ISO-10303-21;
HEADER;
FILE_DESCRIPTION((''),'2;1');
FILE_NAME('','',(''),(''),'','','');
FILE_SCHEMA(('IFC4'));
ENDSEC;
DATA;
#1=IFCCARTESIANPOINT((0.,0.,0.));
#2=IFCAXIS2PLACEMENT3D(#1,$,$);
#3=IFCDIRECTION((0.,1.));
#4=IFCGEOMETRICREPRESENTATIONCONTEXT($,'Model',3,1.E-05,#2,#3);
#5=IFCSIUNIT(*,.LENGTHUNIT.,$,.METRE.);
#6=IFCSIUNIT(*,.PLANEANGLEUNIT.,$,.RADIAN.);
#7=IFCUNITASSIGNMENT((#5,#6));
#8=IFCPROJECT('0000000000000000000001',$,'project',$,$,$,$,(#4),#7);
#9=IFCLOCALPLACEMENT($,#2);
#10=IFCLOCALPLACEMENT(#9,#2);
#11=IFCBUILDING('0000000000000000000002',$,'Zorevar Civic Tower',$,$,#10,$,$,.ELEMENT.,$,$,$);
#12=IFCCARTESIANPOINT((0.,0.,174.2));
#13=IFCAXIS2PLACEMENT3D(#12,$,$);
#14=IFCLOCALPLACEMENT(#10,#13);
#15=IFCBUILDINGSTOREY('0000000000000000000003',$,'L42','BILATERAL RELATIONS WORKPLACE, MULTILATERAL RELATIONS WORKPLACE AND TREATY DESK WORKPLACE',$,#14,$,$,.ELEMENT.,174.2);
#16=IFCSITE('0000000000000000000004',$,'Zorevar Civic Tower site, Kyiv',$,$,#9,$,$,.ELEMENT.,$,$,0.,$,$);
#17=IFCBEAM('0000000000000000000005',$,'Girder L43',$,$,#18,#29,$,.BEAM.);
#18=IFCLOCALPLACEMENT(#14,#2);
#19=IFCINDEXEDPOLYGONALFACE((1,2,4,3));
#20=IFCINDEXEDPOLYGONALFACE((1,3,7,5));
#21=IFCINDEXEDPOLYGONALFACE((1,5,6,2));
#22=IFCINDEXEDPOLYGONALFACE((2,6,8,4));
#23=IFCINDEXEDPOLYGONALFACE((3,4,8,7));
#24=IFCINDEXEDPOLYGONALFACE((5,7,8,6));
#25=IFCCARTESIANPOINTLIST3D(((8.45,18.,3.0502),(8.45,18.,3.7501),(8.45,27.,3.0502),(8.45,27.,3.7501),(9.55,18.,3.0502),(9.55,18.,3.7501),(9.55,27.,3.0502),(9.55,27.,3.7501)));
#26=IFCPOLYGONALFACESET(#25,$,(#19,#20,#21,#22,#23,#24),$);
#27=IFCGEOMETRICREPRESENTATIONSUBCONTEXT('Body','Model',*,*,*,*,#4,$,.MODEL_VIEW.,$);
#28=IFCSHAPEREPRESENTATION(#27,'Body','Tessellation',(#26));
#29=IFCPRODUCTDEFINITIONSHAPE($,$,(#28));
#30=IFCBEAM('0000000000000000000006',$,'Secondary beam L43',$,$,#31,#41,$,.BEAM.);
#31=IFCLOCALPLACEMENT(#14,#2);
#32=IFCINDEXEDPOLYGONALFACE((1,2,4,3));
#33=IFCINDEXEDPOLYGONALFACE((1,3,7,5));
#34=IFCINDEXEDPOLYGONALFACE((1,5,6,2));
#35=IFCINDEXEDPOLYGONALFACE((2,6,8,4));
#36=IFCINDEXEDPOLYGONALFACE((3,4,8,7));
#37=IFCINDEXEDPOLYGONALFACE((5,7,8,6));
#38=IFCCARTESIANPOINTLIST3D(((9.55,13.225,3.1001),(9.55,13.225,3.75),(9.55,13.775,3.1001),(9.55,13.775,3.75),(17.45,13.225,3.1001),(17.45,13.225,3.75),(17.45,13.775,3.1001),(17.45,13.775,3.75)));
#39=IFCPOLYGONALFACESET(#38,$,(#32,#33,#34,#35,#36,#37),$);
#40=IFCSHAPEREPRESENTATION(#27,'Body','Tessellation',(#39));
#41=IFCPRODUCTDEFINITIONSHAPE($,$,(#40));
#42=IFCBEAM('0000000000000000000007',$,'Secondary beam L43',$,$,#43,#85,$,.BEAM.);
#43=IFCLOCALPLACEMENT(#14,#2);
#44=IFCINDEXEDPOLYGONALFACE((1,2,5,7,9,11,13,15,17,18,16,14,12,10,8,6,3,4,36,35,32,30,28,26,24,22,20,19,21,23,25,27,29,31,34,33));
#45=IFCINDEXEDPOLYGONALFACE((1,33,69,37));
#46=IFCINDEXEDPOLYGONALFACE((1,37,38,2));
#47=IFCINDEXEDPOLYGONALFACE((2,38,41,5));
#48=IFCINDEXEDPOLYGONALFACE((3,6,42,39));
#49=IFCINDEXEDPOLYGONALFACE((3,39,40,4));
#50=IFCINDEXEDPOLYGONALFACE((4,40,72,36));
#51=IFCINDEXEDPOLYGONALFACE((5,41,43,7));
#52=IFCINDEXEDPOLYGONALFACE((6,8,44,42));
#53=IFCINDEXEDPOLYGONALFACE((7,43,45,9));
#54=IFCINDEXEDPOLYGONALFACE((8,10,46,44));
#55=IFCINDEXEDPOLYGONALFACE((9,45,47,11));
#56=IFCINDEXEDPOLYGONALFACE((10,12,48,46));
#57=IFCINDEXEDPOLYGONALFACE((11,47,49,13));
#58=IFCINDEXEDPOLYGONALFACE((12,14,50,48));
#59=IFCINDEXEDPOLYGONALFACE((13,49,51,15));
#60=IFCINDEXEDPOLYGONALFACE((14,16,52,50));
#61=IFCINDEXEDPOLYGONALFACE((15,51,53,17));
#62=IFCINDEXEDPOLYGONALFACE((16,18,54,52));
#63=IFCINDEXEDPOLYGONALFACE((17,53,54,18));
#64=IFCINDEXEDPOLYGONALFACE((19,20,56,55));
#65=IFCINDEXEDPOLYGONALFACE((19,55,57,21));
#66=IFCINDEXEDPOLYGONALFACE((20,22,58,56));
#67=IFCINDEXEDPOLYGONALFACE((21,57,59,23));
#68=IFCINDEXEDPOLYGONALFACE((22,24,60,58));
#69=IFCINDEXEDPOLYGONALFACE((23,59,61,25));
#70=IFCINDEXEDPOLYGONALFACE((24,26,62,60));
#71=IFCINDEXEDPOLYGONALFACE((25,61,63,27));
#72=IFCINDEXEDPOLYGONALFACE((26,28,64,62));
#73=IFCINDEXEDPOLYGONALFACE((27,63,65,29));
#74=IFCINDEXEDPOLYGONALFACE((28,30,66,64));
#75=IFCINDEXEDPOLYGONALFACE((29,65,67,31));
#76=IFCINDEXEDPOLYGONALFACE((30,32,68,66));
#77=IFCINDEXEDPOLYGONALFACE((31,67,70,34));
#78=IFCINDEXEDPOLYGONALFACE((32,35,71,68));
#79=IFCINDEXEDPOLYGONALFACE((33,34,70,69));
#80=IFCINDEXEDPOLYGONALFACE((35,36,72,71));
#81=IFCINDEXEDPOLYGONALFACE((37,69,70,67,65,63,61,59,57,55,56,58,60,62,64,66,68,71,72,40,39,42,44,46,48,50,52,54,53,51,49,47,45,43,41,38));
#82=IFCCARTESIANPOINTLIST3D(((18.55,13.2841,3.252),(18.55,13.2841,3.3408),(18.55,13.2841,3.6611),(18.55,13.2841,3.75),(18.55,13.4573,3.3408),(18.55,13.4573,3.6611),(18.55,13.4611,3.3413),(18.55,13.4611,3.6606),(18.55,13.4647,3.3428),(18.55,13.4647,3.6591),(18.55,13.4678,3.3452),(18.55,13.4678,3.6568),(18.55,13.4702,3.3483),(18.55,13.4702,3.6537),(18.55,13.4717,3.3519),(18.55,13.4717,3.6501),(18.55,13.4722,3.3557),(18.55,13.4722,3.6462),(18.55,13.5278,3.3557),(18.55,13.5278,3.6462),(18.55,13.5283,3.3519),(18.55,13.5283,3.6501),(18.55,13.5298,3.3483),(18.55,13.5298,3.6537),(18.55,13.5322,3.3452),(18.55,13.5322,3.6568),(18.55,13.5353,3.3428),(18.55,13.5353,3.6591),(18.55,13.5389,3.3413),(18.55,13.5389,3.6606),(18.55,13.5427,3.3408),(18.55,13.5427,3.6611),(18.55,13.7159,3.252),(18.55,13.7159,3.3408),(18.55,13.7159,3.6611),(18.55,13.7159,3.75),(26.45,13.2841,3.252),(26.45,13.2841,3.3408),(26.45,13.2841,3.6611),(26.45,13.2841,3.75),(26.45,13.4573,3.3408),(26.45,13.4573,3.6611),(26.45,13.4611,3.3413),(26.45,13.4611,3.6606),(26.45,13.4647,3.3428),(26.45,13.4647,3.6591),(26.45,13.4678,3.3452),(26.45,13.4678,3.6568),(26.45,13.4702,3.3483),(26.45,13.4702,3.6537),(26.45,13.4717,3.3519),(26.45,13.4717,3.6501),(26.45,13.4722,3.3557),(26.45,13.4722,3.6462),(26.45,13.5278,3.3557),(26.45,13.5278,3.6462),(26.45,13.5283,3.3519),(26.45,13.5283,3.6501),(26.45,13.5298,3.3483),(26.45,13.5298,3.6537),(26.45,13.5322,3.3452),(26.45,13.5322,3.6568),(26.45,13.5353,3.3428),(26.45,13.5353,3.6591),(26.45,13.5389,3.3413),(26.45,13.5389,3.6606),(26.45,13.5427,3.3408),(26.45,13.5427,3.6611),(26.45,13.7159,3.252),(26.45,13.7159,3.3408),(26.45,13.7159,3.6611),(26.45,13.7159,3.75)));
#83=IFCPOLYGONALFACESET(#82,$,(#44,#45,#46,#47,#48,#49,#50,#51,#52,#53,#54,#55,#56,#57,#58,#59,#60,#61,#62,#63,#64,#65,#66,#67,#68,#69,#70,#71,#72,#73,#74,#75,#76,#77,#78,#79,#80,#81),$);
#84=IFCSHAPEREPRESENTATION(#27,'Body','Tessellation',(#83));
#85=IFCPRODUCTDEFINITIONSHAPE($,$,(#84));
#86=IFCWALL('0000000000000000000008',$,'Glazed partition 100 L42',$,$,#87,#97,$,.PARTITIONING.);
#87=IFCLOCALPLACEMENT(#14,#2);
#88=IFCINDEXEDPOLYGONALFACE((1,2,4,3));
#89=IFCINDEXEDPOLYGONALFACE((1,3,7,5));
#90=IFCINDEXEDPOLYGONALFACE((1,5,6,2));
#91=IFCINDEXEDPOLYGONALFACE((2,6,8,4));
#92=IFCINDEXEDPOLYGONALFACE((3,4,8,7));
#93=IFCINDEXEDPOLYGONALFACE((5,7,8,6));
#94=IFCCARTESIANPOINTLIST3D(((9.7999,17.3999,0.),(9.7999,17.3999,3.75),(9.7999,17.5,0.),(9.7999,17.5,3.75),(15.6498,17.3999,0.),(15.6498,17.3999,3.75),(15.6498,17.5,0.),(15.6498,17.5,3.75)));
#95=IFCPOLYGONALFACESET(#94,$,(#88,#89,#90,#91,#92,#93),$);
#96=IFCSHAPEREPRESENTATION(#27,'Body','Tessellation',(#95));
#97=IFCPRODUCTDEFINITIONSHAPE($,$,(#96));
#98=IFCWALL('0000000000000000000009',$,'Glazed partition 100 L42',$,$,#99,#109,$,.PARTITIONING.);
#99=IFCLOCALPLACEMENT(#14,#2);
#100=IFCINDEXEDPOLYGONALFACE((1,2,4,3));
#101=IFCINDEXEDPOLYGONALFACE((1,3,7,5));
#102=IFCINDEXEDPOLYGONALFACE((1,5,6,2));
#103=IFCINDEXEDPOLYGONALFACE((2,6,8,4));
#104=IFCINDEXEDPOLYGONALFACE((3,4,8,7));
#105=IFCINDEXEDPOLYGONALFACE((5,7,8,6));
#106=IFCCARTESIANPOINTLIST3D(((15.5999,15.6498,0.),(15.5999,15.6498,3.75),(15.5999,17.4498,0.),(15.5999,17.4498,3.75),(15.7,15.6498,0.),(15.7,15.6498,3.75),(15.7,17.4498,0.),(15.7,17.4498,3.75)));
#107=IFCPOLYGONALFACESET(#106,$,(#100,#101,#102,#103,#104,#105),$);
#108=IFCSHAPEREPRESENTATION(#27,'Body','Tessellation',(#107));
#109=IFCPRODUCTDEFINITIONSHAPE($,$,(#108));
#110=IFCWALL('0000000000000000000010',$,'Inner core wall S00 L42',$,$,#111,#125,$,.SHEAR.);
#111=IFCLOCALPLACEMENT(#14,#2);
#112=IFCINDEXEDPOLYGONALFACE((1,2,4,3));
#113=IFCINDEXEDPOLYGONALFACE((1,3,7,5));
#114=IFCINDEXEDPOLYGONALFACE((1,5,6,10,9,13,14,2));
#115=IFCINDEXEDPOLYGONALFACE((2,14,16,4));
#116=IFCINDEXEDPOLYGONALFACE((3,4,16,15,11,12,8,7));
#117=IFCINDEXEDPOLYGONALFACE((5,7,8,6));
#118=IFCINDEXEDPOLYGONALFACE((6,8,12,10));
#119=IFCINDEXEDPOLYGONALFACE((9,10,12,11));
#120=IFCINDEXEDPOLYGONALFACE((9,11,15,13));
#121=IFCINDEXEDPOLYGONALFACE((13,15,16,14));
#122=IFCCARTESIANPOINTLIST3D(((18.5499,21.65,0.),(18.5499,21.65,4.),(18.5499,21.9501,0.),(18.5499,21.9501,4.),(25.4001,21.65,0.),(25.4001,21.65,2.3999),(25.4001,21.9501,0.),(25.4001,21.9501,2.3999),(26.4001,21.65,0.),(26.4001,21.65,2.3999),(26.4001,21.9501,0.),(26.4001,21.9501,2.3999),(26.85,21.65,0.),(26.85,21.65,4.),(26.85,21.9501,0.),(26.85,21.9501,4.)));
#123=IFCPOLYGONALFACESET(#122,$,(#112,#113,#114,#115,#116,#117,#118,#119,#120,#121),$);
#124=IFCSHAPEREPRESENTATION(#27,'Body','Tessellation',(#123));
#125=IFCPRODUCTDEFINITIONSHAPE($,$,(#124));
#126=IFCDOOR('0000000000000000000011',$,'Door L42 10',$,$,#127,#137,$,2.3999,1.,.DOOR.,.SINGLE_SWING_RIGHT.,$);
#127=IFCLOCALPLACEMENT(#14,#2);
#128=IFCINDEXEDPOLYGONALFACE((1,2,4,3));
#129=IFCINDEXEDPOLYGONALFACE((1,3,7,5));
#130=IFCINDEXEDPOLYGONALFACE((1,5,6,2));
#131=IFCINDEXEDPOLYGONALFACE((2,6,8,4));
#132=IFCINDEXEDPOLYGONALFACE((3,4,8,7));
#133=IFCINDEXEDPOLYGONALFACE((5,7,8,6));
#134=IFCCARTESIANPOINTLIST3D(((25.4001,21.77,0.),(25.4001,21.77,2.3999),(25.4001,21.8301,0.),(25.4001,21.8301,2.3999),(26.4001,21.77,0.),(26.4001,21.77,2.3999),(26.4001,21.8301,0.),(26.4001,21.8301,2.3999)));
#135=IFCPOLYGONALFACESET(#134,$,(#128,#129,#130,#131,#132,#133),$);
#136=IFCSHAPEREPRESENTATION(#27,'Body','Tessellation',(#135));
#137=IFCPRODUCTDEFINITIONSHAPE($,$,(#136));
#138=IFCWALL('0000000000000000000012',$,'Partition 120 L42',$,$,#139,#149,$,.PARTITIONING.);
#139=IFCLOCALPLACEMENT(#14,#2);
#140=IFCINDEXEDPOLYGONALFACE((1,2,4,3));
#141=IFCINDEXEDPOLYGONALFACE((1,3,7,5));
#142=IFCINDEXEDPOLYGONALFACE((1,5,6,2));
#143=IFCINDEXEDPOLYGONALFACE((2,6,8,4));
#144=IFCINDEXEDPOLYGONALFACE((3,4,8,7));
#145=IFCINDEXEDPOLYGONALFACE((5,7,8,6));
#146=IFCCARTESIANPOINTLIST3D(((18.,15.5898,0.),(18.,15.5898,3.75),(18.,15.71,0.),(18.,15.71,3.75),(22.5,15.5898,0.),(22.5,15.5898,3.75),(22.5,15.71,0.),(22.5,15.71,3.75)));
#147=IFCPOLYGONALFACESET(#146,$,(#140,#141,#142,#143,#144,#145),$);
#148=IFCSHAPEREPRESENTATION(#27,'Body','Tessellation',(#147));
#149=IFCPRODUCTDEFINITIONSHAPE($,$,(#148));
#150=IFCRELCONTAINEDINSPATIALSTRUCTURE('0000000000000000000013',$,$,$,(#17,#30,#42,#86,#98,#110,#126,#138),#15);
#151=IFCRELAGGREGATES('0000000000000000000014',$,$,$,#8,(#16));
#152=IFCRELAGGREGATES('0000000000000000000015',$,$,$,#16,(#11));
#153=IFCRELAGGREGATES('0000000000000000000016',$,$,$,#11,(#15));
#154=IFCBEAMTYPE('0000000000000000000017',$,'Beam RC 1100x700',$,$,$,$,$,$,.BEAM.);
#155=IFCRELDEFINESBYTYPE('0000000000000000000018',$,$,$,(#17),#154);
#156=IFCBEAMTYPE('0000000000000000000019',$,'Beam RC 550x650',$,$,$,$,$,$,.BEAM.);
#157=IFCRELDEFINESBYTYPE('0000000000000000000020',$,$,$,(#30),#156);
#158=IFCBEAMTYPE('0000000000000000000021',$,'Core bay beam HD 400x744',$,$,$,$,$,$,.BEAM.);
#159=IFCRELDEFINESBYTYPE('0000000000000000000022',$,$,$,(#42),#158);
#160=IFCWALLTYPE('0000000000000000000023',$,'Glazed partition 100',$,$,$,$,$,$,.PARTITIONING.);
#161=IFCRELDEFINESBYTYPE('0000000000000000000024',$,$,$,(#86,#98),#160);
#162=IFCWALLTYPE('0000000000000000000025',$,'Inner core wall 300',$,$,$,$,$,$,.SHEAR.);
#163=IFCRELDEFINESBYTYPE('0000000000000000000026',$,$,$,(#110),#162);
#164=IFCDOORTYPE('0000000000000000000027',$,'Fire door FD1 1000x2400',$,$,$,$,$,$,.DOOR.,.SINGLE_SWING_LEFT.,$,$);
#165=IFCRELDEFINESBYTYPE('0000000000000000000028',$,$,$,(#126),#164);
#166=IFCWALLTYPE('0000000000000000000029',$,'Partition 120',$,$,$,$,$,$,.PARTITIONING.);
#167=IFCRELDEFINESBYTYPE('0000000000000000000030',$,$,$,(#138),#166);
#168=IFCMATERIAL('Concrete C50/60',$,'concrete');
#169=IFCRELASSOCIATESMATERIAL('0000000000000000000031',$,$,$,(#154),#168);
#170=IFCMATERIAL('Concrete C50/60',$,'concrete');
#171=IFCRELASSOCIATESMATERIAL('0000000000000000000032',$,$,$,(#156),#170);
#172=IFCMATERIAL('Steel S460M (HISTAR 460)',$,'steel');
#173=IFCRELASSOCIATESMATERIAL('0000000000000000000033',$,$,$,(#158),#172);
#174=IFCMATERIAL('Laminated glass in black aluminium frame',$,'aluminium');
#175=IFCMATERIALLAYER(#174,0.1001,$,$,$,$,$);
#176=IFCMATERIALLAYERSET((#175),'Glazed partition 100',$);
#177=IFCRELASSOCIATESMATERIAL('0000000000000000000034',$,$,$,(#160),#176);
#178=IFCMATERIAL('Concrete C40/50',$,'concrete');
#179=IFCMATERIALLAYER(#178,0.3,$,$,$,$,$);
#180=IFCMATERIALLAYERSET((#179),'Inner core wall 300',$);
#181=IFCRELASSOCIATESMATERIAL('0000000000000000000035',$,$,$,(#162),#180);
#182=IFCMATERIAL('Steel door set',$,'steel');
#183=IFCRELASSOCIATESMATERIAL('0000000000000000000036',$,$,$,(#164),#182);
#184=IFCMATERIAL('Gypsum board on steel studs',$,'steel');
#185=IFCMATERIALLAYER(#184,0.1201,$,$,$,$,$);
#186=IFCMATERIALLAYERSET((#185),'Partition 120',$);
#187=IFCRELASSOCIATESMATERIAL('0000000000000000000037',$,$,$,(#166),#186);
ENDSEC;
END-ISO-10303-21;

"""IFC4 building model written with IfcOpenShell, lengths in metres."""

from ifc_helpers import new_model, si_unit, direction, frame, frame_2d, origin, origin_2d, place, context, subcontext, project, spatial, rectangle, i_section, extrude, material, layer, layer_set, material_profile, profile_set, type_object, element, fill, save


model = new_model("IFC4")

# Units and contexts
model_context = context("Model", 3, precision=1e-05, world=origin(), true_north=direction((0.0, 1.0)))
body_context = subcontext(model_context, "Body", "Model", "MODEL_VIEW")
ifc_project = project(units=[si_unit("LENGTHUNIT", "METRE"), si_unit("PLANEANGLEUNIT", "RADIAN")], contexts=[model_context])

# Site, building, storey
site_placement = place(None, origin())
site = spatial("IfcSite", under=ifc_project, at=site_placement, Name="Zorevar Civic Tower site, Kyiv", CompositionType="ELEMENT", RefElevation=0.0)
building_placement = place(site_placement, origin())
building = spatial("IfcBuilding", under=site, at=building_placement, Name="Zorevar Civic Tower", CompositionType="ELEMENT")
storey_placement = place(building_placement, frame((0.0, 0.0, 174.2)))
storey = spatial("IfcBuildingStorey", under=building, at=storey_placement, Name="L42", Description="BILATERAL RELATIONS WORKPLACE, MULTILATERAL RELATIONS WORKPLACE AND TREATY DESK WORKPLACE", CompositionType="ELEMENT", Elevation=174.2)

# Beams
ifc_material_1 = material(Name="Concrete C50/60", Category="concrete")
ifc_material_profile_1 = material_profile(ifc_material_1, rectangle(XDim=1.1001, YDim=0.7, at=origin_2d()), Name="RC 1100x700")
ifc_profile_set_1 = profile_set([ifc_material_profile_1], Name="Concrete C50/60")
beam_type_1 = type_object("IfcBeamType", Name="Beam RC 1100x700", PredefinedType="BEAM", material=ifc_profile_set_1)
beam_1_placement = place(storey_placement, frame((9.0, 18.0, 3.4001), z_axis=(0.0, 1.0, 0.0), x_axis=(-1.0, 0.0, 0.0)))
element("IfcBeam", 1, at=beam_1_placement, inside=storey, type_object=beam_type_1, Name="Girder L43", PredefinedType="BEAM", context=body_context, shape_type="SweptSolid", body=[
    extrude(rectangle(XDim=1.1001, YDim=0.7, at=origin_2d()), origin(), (0.0, 0.0, 1.0), 9.0),
])
ifc_material_2 = material(Name="Concrete C50/60", Category="concrete")
ifc_material_profile_2 = material_profile(ifc_material_2, rectangle(XDim=0.55, YDim=0.6499, at=origin_2d()), Name="RC 550x650")
ifc_profile_set_2 = profile_set([ifc_material_profile_2], Name="Concrete C50/60")
beam_type_2 = type_object("IfcBeamType", Name="Beam RC 550x650", PredefinedType="BEAM", material=ifc_profile_set_2)
beam_2_placement = place(storey_placement, frame((9.55, 13.5, 3.425), z_axis=(1.0, 0.0, 0.0), x_axis=(0.0, 1.0, 0.0)))
element("IfcBeam", 2, at=beam_2_placement, inside=storey, type_object=beam_type_2, Name="Secondary beam L43", PredefinedType="BEAM", context=body_context, shape_type="SweptSolid", body=[
    extrude(rectangle(XDim=0.55, YDim=0.6499, at=origin_2d()), origin(), (0.0, 0.0, 1.0), 7.8999),
])
ifc_material_3 = material(Name="Steel S460M (HISTAR 460)", Category="steel")
ifc_material_profile_3 = material_profile(ifc_material_3, i_section(OverallWidth=0.4319, OverallDepth=0.498, WebThickness=0.0557, FlangeThickness=0.0889, FilletRadius=0.0149, at=origin_2d()), Name="HD 400x744")
ifc_profile_set_3 = profile_set([ifc_material_profile_3], Name="Steel S460M (HISTAR 460)")
beam_type_3 = type_object("IfcBeamType", Name="Core bay beam HD 400x744", PredefinedType="BEAM", material=ifc_profile_set_3)
beam_3_placement = place(storey_placement, frame((18.55, 13.5, 3.501), z_axis=(1.0, 0.0, 0.0), x_axis=(0.0, 1.0, 0.0)))
element("IfcBeam", 3, at=beam_3_placement, inside=storey, type_object=beam_type_3, Name="Secondary beam L43", PredefinedType="BEAM", context=body_context, shape_type="SweptSolid", body=[
    extrude(i_section(OverallWidth=0.4319, OverallDepth=0.498, WebThickness=0.0557, FlangeThickness=0.0889, FilletRadius=0.0149, at=origin_2d()), origin(), (0.0, 0.0, 1.0), 7.8999),
])

# Shared definitions
ifc_material_4 = material(Name="Laminated glass in black aluminium frame", Category="aluminium")
ifc_layer_1 = layer(ifc_material_4, 0.1001)
ifc_layer_set_1 = layer_set([ifc_layer_1], Name="Glazed partition 100")
wall_type_1 = type_object("IfcWallType", Name="Glazed partition 100", PredefinedType="PARTITIONING", material=ifc_layer_set_1)

# Walls
wall_1_placement = place(storey_placement, frame((9.8, 17.45, 0.0), z_axis=(0.0, 0.0, 1.0), x_axis=(1.0, 0.0, 0.0)))
element("IfcWall", 4, at=wall_1_placement, inside=storey, type_object=wall_type_1, Name="Glazed partition 100 L42", PredefinedType="PARTITIONING", context=body_context, shape_type="SweptSolid", body=[
    extrude(rectangle(XDim=5.8499, YDim=0.1001, at=frame_2d((2.9248, 0.0))), origin(), (0.0, 0.0, 1.0), 3.75),
])
wall_2_placement = place(storey_placement, frame((15.6499, 15.6499, 0.0), z_axis=(0.0, 0.0, 1.0), x_axis=(0.0, 1.0, 0.0)))
element("IfcWall", 5, at=wall_2_placement, inside=storey, type_object=wall_type_1, Name="Glazed partition 100 L42", PredefinedType="PARTITIONING", context=body_context, shape_type="SweptSolid", body=[
    extrude(rectangle(XDim=1.8, YDim=0.1001, at=frame_2d((0.8999, 0.0))), origin(), (0.0, 0.0, 1.0), 3.75),
])

# Wall, opening, door
ifc_material_5 = material(Name="Concrete C40/50", Category="concrete")
ifc_layer_2 = layer(ifc_material_5, 0.3)
ifc_layer_set_2 = layer_set([ifc_layer_2], Name="Inner core wall 300")
wall_type_2 = type_object("IfcWallType", Name="Inner core wall 300", PredefinedType="SHEAR", material=ifc_layer_set_2)
wall_3_placement = place(storey_placement, frame((18.55, 21.8, 0.0), z_axis=(0.0, 0.0, 1.0), x_axis=(1.0, 0.0, 0.0)))
wall_3 = element("IfcWall", 6, at=wall_3_placement, inside=storey, type_object=wall_type_2, Name="Inner core wall S00 L42", PredefinedType="SHEAR", context=body_context, shape_type="SweptSolid", body=[
    extrude(rectangle(XDim=8.3, YDim=0.3, at=frame_2d((4.1499, 0.0))), origin(), (0.0, 0.0, 1.0), 4.0),
])
opening_1_placement = place(wall_3_placement, frame((6.8501, 0.0, 0.0)))
opening_1 = element("IfcOpeningElement", 7, at=opening_1_placement, cuts=wall_3, PredefinedType="OPENING", context=body_context, shape_type="SweptSolid", body=[
    extrude(rectangle(XDim=1.0, YDim=2.3999, at=frame_2d((0.5, 1.2))), frame((0.0, 0.1599, 0.0), z_axis=(0.0, -1.0, 0.0), x_axis=(1.0, 0.0, 0.0)), (0.0, 0.0, 1.0), 0.3201),
])
ifc_material_6 = material(Name="Steel door set", Category="steel")
door_type_1 = type_object("IfcDoorType", Name="Fire door FD1 1000x2400", OperationType="SINGLE_SWING_LEFT", PredefinedType="DOOR", material=ifc_material_6)
door_1_placement = place(opening_1_placement, origin())
door_1 = element("IfcDoor", 8, at=door_1_placement, inside=storey, type_object=door_type_1, Name="Door L42 10", OperationType="SINGLE_SWING_RIGHT", OverallHeight=2.3999, OverallWidth=1.0, PredefinedType="DOOR", context=body_context, shape_type="SweptSolid", body=[
    extrude(rectangle(XDim=1.0, YDim=2.3999, at=frame_2d((0.5, 1.2))), frame((0.0, 0.03, 0.0), z_axis=(0.0, -1.0, 0.0), x_axis=(1.0, 0.0, 0.0)), (0.0, 0.0, 1.0), 0.0601),
])
fill(opening_1, door_1)

# Wall
ifc_material_7 = material(Name="Gypsum board on steel studs", Category="steel")
ifc_layer_3 = layer(ifc_material_7, 0.1201)
ifc_layer_set_3 = layer_set([ifc_layer_3], Name="Partition 120")
wall_type_3 = type_object("IfcWallType", Name="Partition 120", PredefinedType="PARTITIONING", material=ifc_layer_set_3)
wall_4_placement = place(storey_placement, frame((18.0, 15.6499, 0.0), z_axis=(0.0, 0.0, 1.0), x_axis=(1.0, 0.0, 0.0)))
element("IfcWall", 9, at=wall_4_placement, inside=storey, type_object=wall_type_3, Name="Partition 120 L42", PredefinedType="PARTITIONING", context=body_context, shape_type="SweptSolid", body=[
    extrude(rectangle(XDim=4.5, YDim=0.1201, at=frame_2d((2.25, 0.0))), origin(), (0.0, 0.0, 1.0), 3.75),
])

save(model, "model.ifc")
